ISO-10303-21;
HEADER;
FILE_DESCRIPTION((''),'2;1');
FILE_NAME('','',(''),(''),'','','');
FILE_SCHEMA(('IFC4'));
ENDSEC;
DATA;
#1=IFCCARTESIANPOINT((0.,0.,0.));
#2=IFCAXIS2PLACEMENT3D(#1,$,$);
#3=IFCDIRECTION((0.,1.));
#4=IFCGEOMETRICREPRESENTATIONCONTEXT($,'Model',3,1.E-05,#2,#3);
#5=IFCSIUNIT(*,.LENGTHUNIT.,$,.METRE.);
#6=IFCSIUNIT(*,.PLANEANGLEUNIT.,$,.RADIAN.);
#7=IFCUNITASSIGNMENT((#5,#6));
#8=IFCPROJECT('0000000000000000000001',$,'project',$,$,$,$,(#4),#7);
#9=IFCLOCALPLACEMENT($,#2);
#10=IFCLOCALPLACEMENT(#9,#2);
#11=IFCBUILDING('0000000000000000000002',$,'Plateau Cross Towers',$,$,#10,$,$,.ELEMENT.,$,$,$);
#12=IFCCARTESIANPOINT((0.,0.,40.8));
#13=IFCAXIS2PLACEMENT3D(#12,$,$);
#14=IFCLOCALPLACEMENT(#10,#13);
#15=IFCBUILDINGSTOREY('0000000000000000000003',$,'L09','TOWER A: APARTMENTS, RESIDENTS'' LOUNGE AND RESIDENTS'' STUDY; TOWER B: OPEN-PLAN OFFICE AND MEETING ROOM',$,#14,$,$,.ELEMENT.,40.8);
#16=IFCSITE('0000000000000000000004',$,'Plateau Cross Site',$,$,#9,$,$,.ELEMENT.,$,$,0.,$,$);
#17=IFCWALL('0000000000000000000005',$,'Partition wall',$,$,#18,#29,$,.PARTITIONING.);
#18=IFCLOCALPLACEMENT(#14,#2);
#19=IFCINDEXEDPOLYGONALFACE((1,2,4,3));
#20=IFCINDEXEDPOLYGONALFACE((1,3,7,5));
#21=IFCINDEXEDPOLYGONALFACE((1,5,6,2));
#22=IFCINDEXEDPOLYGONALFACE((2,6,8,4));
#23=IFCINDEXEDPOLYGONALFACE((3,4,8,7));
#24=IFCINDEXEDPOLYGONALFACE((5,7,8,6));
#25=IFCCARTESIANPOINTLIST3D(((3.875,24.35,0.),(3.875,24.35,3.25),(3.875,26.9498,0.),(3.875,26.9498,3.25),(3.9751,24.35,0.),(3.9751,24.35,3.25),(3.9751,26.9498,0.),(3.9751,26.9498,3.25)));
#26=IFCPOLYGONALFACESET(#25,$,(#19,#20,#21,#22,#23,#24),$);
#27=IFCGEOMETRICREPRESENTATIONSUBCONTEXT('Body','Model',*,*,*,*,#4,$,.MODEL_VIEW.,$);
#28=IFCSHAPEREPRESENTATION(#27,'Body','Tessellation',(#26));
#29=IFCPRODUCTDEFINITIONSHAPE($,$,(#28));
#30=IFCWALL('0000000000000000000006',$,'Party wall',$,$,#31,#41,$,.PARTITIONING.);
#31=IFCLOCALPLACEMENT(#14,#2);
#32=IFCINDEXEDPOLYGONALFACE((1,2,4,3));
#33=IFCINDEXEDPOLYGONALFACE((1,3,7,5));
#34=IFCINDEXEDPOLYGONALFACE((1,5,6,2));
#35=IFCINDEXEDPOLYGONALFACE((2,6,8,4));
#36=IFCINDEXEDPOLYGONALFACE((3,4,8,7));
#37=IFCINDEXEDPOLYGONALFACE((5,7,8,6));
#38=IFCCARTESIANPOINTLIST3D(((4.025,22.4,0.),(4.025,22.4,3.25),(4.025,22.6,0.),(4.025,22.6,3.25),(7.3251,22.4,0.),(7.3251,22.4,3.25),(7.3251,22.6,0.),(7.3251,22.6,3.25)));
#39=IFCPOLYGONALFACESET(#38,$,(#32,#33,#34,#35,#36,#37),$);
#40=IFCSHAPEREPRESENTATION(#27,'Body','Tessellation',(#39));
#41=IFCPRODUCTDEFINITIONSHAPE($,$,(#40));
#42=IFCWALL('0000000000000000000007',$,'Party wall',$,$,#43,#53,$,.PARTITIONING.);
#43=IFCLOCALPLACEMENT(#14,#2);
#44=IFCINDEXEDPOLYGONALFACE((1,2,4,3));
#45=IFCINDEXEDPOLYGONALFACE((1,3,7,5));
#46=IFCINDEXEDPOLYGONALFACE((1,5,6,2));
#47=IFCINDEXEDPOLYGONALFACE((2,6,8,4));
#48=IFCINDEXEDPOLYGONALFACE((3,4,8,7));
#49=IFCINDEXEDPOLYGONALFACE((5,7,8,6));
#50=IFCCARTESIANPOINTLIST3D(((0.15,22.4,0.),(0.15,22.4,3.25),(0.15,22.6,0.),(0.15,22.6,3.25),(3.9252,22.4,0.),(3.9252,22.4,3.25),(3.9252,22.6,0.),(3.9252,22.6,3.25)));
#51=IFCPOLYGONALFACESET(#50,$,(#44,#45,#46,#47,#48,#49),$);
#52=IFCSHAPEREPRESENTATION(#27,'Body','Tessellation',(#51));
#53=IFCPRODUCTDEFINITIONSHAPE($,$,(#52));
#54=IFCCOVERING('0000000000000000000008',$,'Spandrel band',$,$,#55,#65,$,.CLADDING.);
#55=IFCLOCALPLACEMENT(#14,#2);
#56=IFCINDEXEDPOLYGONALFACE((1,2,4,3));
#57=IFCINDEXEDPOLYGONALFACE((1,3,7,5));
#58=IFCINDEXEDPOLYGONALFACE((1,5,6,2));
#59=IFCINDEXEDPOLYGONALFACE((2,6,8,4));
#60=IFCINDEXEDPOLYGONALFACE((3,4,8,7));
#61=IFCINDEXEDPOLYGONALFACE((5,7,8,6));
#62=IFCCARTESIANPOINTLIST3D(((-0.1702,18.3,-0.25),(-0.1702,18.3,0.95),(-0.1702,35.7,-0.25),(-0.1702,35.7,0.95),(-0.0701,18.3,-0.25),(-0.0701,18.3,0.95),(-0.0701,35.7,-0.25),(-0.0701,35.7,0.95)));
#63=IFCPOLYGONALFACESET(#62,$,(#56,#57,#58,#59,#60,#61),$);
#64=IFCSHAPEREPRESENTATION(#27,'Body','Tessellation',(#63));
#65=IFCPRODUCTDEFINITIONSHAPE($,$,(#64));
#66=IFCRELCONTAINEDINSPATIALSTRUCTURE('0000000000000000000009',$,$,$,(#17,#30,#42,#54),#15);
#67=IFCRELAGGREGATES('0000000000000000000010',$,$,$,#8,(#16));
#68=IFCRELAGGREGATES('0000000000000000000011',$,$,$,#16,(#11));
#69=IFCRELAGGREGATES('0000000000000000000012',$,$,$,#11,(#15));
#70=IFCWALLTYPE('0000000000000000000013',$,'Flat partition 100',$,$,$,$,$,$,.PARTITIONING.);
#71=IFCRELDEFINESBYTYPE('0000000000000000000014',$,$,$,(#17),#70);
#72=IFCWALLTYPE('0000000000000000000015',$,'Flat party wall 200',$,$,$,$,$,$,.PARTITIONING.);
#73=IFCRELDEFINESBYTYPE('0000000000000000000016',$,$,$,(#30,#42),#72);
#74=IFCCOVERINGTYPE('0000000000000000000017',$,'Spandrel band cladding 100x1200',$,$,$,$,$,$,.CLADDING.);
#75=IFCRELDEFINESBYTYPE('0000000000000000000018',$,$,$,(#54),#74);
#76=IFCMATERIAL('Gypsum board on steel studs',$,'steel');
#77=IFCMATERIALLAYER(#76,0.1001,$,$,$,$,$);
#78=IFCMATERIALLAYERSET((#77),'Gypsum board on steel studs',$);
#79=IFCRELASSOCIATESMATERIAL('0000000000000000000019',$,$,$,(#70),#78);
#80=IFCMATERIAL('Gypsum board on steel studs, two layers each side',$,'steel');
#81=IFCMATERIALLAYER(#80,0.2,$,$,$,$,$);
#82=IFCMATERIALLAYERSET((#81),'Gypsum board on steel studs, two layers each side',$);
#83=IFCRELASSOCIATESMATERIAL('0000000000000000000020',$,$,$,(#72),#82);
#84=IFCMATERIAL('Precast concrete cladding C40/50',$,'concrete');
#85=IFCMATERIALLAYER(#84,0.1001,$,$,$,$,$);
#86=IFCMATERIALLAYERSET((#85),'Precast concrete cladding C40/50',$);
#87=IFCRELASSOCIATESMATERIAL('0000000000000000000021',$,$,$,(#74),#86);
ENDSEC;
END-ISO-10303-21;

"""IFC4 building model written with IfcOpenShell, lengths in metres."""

from ifc_helpers import new_model, si_unit, direction, frame, frame_2d, origin, origin_2d, place, context, subcontext, project, spatial, rectangle, extrude, material, layer, layer_set, type_object, element, save


model = new_model("IFC4")

# Units and contexts
model_context = context("Model", 3, precision=1e-05, world=origin(), true_north=direction((0.0, 1.0)))
body_context = subcontext(model_context, "Body", "Model", "MODEL_VIEW")
ifc_project = project(units=[si_unit("LENGTHUNIT", "METRE"), si_unit("PLANEANGLEUNIT", "RADIAN")], contexts=[model_context])

# Site, building, storey
site_placement = place(None, origin())
site = spatial("IfcSite", under=ifc_project, at=site_placement, Name="Plateau Cross Site", CompositionType="ELEMENT", RefElevation=0.0)
building_placement = place(site_placement, origin())
building = spatial("IfcBuilding", under=site, at=building_placement, Name="Plateau Cross Towers", CompositionType="ELEMENT")
storey_placement = place(building_placement, frame((0.0, 0.0, 40.8)))
storey = spatial("IfcBuildingStorey", under=building, at=storey_placement, Name="L09", Description="TOWER A: APARTMENTS, RESIDENTS' LOUNGE AND RESIDENTS' STUDY; TOWER B: OPEN-PLAN OFFICE AND MEETING ROOM", CompositionType="ELEMENT", Elevation=40.8)

# Shared definitions
ifc_material_1 = material(Name="Gypsum board on steel studs", Category="steel")
ifc_layer_1 = layer(ifc_material_1, 0.1001)
ifc_layer_set_1 = layer_set([ifc_layer_1], Name="Gypsum board on steel studs")
wall_type_1 = type_object("IfcWallType", Name="Flat partition 100", PredefinedType="PARTITIONING", material=ifc_layer_set_1)

# Walls
wall_1_placement = place(storey_placement, frame((3.925, 24.3501, 0.0), z_axis=(0.0, 0.0, 1.0), x_axis=(0.0, 1.0, 0.0)))
element("IfcWall", 1, at=wall_1_placement, inside=storey, type_object=wall_type_1, Name="Partition wall", PredefinedType="PARTITIONING", context=body_context, shape_type="SweptSolid", body=[
    extrude(rectangle(XDim=2.5999, YDim=0.1001, at=frame_2d((1.2998, 0.0))), origin(), (0.0, 0.0, 1.0), 3.25),
])
ifc_material_2 = material(Name="Gypsum board on steel studs, two layers each side", Category="steel")
ifc_layer_2 = layer(ifc_material_2, 0.2)
ifc_layer_set_2 = layer_set([ifc_layer_2], Name="Gypsum board on steel studs, two layers each side")
wall_type_2 = type_object("IfcWallType", Name="Flat party wall 200", PredefinedType="PARTITIONING", material=ifc_layer_set_2)
wall_2_placement = place(storey_placement, frame((7.325, 22.5, 0.0), z_axis=(0.0, 0.0, 1.0), x_axis=(-1.0, 0.0, 0.0)))
element("IfcWall", 2, at=wall_2_placement, inside=storey, type_object=wall_type_2, Name="Party wall", PredefinedType="PARTITIONING", context=body_context, shape_type="SweptSolid", body=[
    extrude(rectangle(XDim=3.3, YDim=0.2, at=frame_2d((1.6499, 0.0))), origin(), (0.0, 0.0, 1.0), 3.25),
])
wall_3_placement = place(storey_placement, frame((0.1499, 22.5, 0.0), z_axis=(0.0, 0.0, 1.0), x_axis=(1.0, 0.0, 0.0)))
element("IfcWall", 3, at=wall_3_placement, inside=storey, type_object=wall_type_2, Name="Party wall", PredefinedType="PARTITIONING", context=body_context, shape_type="SweptSolid", body=[
    extrude(rectangle(XDim=3.7751, YDim=0.2, at=frame_2d((1.8877, 0.0))), origin(), (0.0, 0.0, 1.0), 3.25),
])

# Covering
ifc_material_3 = material(Name="Precast concrete cladding C40/50", Category="concrete")
ifc_layer_3 = layer(ifc_material_3, 0.1001)
ifc_layer_set_3 = layer_set([ifc_layer_3], Name="Precast concrete cladding C40/50")
covering_type = type_object("IfcCoveringType", Name="Spandrel band cladding 100x1200", PredefinedType="CLADDING", material=ifc_layer_set_3)
covering_placement = place(storey_placement, frame((-0.1201, 27.0, -0.25), z_axis=(0.0, 0.0, 1.0), x_axis=(0.0, -1.0, 0.0)))
element("IfcCovering", 4, at=covering_placement, inside=storey, type_object=covering_type, Name="Spandrel band", PredefinedType="CLADDING", context=body_context, shape_type="SweptSolid", body=[
    extrude(rectangle(XDim=17.3999, YDim=0.1001, at=origin_2d()), origin(), (0.0, 0.0, 1.0), 1.2),
])

save(model, "model.ifc")
